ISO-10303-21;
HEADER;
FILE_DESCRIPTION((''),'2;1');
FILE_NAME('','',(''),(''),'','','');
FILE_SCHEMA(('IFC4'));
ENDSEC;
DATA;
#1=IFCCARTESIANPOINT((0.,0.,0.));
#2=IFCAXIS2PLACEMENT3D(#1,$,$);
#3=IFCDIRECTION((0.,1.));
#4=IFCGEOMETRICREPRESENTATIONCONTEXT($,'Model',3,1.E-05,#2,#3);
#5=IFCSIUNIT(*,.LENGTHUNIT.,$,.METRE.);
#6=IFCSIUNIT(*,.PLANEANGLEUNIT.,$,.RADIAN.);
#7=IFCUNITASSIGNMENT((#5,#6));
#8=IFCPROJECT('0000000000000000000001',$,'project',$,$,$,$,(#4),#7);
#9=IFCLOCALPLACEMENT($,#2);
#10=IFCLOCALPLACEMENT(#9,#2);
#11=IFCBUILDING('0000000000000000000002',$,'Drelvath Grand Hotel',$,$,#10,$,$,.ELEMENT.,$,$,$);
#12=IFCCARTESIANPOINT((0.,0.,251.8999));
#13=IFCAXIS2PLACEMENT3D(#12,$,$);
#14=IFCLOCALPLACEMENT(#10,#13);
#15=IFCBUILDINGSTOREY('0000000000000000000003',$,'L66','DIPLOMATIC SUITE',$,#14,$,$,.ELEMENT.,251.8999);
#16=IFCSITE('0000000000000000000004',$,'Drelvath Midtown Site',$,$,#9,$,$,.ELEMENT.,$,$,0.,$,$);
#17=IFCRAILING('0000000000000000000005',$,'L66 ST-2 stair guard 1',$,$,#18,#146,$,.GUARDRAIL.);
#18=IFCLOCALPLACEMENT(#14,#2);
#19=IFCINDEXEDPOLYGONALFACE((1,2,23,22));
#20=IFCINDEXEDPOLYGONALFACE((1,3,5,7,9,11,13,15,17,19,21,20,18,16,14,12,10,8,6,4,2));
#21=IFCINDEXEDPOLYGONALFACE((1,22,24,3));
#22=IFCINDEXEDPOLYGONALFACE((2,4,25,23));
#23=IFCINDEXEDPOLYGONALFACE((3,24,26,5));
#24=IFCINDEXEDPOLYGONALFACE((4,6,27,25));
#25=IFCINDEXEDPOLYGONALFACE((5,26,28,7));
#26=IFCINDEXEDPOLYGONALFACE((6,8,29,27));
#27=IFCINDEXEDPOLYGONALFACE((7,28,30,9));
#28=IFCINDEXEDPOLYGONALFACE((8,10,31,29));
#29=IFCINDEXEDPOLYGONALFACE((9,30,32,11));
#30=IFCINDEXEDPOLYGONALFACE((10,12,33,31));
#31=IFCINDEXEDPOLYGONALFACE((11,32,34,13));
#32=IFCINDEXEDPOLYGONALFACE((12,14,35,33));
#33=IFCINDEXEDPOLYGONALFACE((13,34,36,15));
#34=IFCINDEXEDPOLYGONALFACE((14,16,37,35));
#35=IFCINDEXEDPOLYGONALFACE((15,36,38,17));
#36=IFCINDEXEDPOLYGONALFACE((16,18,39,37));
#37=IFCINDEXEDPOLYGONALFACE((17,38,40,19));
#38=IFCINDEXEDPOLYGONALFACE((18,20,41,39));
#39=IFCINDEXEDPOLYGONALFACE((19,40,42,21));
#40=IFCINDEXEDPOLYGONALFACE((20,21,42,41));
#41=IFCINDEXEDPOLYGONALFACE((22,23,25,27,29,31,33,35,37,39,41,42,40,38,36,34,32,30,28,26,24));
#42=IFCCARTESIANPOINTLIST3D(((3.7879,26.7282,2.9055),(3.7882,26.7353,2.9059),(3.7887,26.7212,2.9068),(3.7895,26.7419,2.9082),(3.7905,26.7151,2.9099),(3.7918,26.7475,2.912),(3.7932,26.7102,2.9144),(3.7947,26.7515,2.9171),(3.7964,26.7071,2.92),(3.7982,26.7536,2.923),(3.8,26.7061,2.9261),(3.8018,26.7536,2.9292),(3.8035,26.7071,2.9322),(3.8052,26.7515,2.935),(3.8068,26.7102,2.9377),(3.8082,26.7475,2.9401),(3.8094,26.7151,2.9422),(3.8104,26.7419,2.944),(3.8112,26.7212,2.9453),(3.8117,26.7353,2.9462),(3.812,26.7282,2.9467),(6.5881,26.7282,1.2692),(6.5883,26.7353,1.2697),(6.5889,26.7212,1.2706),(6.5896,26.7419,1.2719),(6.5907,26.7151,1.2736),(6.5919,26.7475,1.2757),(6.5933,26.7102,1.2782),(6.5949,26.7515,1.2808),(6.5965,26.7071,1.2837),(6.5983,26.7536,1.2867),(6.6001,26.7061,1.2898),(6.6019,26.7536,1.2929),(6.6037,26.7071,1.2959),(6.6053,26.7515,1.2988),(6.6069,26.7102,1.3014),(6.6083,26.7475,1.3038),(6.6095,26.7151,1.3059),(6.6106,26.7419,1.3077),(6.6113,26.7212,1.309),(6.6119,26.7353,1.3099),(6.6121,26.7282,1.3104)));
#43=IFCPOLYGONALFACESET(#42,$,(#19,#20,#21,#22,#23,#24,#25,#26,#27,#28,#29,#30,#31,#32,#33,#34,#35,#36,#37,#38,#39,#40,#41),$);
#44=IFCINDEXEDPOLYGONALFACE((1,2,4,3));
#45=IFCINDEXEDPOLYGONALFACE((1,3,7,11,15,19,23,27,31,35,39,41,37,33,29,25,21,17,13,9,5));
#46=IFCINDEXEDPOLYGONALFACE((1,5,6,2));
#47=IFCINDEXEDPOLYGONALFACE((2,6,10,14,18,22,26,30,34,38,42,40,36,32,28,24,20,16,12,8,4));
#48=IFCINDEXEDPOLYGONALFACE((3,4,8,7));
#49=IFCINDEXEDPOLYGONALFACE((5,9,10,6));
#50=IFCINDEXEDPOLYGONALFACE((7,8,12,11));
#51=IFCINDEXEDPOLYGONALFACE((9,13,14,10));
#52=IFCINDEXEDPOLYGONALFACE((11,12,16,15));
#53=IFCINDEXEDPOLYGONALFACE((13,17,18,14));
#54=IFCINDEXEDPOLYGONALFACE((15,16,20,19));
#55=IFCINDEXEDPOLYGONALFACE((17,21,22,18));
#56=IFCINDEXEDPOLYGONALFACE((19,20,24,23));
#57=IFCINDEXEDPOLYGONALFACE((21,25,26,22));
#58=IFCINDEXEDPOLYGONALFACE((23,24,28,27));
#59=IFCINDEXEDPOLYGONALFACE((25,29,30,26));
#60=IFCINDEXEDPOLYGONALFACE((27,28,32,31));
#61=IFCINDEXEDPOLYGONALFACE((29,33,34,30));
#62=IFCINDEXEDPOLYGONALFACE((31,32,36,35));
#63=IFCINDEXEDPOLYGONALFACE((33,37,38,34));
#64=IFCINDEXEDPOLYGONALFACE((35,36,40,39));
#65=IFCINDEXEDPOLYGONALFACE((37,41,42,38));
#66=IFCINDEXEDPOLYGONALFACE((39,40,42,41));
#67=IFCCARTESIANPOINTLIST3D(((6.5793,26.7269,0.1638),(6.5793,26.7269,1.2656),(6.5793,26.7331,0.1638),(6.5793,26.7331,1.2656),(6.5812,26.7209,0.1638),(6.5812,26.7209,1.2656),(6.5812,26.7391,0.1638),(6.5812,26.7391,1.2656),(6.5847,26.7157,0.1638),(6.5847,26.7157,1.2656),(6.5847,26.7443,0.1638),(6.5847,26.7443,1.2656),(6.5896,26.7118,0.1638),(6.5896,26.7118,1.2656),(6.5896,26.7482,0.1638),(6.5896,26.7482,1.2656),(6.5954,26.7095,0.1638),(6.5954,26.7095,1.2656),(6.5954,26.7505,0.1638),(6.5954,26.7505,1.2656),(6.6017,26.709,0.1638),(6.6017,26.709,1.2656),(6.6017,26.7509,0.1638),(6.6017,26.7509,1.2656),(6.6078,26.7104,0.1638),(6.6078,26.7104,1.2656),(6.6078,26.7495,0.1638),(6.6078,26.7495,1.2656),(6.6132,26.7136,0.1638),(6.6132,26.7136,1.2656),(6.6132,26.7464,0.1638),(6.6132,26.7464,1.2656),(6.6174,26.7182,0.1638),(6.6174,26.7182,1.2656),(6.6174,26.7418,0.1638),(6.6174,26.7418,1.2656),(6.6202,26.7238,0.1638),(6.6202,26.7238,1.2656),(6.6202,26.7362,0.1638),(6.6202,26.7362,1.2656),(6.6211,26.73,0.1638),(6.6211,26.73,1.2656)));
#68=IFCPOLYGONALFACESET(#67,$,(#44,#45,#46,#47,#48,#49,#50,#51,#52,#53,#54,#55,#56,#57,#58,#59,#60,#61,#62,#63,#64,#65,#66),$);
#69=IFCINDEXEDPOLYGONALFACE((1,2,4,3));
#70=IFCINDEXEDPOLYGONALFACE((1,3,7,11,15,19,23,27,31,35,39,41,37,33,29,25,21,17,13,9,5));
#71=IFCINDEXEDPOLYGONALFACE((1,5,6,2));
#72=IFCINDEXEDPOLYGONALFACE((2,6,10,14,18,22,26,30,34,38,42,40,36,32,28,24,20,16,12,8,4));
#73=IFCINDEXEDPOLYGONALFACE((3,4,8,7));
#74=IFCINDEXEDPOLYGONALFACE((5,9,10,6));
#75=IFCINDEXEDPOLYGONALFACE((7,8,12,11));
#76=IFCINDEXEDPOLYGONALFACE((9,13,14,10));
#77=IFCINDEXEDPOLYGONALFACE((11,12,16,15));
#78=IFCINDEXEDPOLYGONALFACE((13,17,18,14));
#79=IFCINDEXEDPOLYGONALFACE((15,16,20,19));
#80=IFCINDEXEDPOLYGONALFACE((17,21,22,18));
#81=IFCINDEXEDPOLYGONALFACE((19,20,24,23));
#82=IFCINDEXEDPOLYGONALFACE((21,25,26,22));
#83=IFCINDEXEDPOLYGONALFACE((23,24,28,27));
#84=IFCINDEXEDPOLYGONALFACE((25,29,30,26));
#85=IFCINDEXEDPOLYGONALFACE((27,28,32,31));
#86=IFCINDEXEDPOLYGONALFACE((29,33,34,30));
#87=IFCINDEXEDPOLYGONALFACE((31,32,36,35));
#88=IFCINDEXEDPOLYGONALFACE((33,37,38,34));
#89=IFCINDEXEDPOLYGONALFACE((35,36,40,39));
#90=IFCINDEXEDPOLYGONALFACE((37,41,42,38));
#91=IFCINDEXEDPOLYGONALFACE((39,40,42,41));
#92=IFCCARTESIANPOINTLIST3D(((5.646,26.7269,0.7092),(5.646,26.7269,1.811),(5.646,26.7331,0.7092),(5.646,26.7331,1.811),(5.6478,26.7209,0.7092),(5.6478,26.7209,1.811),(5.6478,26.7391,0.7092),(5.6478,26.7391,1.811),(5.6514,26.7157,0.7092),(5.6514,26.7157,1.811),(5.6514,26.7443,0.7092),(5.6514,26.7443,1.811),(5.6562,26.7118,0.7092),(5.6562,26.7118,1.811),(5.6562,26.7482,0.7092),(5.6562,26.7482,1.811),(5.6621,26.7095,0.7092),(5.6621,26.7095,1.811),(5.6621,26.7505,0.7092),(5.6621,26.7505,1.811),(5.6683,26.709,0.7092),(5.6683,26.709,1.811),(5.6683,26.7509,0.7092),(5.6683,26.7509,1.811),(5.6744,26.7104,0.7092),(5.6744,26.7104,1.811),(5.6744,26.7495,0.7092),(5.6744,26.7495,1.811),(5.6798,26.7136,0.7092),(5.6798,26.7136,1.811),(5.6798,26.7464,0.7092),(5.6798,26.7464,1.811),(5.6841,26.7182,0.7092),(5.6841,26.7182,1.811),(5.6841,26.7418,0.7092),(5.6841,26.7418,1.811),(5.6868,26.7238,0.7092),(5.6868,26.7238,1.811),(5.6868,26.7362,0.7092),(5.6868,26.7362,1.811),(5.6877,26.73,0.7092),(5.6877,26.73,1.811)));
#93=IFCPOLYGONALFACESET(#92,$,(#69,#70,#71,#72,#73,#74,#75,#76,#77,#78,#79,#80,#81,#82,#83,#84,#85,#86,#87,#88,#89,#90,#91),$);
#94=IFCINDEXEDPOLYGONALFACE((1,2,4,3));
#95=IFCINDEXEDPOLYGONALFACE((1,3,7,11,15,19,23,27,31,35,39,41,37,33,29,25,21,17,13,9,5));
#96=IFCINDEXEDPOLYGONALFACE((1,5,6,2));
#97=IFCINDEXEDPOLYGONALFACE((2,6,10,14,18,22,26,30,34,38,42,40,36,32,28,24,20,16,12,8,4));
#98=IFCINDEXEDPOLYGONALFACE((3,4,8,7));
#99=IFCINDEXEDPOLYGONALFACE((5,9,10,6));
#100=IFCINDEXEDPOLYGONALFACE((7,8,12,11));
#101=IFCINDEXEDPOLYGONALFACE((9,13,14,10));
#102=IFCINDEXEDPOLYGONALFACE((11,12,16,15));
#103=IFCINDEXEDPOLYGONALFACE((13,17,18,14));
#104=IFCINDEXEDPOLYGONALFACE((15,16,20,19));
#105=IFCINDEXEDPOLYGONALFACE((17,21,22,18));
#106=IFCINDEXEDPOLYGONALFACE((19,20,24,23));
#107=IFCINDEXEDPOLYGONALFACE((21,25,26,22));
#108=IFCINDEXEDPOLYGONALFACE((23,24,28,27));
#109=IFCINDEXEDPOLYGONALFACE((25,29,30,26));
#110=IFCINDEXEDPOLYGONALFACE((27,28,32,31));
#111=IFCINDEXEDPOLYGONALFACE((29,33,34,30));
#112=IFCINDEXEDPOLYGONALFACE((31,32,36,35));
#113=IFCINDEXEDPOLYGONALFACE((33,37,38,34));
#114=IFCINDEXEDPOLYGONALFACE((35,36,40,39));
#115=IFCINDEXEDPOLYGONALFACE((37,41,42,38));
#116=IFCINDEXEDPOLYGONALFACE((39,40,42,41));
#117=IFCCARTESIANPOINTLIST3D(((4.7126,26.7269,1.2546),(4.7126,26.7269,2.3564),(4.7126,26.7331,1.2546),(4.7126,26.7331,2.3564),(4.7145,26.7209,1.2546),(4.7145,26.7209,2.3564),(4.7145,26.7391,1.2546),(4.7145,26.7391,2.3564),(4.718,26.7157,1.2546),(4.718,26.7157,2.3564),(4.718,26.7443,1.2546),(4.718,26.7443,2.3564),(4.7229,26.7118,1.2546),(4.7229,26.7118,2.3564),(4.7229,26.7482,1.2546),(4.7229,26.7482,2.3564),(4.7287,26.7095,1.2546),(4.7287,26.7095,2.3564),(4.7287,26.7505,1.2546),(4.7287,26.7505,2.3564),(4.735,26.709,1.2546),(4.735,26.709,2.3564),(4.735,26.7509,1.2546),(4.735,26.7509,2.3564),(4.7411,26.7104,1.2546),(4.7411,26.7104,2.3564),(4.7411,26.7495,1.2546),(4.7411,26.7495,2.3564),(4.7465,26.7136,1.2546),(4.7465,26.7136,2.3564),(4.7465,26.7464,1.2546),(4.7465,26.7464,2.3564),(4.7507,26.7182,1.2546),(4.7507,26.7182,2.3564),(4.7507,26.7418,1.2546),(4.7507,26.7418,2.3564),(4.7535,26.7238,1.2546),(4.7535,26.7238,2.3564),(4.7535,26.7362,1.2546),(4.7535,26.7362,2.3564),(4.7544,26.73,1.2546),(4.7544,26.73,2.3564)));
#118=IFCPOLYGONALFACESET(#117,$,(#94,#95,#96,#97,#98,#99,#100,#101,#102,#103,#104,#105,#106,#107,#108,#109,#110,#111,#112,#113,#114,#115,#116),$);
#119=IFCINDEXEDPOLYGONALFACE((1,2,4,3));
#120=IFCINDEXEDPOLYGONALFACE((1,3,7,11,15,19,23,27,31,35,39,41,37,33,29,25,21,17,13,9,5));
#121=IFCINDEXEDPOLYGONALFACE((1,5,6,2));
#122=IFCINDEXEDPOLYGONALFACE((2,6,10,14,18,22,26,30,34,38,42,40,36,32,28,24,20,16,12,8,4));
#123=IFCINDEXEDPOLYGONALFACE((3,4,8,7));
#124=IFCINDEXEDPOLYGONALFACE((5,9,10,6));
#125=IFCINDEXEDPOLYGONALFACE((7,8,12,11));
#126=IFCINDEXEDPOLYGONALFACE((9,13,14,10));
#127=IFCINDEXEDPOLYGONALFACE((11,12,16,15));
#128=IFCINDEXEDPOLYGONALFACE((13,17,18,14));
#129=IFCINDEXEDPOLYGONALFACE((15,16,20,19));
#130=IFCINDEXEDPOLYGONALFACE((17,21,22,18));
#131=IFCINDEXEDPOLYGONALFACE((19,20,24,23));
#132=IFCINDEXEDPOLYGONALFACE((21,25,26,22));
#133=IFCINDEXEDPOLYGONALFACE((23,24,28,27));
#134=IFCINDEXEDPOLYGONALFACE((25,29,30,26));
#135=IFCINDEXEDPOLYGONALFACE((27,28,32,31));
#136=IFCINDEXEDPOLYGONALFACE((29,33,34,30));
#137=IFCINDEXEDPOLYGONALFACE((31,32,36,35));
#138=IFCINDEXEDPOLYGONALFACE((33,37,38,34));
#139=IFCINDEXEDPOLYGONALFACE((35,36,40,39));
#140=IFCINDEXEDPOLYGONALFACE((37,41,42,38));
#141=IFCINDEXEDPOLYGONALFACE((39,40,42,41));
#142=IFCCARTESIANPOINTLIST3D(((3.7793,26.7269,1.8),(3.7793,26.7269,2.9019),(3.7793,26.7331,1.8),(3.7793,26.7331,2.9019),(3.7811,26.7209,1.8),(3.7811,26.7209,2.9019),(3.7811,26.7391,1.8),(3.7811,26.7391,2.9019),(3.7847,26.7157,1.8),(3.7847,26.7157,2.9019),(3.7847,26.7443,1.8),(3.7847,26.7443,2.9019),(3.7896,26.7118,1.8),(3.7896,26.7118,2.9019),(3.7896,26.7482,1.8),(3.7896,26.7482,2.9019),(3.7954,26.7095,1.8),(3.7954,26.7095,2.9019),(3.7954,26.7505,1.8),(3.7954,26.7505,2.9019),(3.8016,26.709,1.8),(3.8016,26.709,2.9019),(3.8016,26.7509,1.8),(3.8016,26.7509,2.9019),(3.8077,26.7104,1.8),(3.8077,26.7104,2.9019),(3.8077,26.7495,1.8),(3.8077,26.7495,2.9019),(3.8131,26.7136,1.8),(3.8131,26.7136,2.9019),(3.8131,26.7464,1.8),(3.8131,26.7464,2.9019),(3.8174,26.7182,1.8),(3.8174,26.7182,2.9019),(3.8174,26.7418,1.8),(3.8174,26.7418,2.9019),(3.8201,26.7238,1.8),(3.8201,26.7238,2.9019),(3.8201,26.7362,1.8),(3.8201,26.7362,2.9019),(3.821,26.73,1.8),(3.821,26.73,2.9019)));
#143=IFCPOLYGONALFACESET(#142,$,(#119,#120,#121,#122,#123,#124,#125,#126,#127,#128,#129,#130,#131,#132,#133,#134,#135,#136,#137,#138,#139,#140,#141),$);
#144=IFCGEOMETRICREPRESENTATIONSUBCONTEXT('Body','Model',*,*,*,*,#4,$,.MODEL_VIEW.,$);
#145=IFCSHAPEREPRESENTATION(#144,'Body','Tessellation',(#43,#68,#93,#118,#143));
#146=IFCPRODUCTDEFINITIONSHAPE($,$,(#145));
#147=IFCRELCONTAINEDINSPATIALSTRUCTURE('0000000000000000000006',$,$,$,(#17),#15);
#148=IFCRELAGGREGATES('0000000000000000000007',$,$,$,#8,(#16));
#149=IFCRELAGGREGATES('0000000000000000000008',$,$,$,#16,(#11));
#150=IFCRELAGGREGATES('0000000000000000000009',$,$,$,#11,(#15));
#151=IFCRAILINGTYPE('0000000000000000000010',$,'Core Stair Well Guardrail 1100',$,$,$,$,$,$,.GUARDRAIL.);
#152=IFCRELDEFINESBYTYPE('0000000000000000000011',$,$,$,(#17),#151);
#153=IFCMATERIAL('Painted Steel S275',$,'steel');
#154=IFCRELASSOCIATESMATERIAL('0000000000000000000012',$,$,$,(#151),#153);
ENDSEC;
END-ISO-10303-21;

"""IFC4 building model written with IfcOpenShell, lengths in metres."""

from ifc_helpers import new_model, si_unit, direction, frame, origin, origin_2d, place, context, subcontext, project, spatial, circle, extrude, material, type_object, element, save


model = new_model("IFC4")

# Units and contexts
model_context = context("Model", 3, precision=1e-05, world=origin(), true_north=direction((0.0, 1.0)))
body_context = subcontext(model_context, "Body", "Model", "MODEL_VIEW")
ifc_project = project(units=[si_unit("LENGTHUNIT", "METRE"), si_unit("PLANEANGLEUNIT", "RADIAN")], contexts=[model_context])

# Site, building, storey
site_placement = place(None, origin())
site = spatial("IfcSite", under=ifc_project, at=site_placement, Name="Drelvath Midtown Site", CompositionType="ELEMENT", RefElevation=0.0)
building_placement = place(site_placement, origin())
building = spatial("IfcBuilding", under=site, at=building_placement, Name="Drelvath Grand Hotel", CompositionType="ELEMENT")
storey_placement = place(building_placement, frame((0.0, 0.0, 251.8999)))
storey = spatial("IfcBuildingStorey", under=building, at=storey_placement, Name="L66", Description="DIPLOMATIC SUITE", CompositionType="ELEMENT", Elevation=251.8999)

# Shared definitions
ifc_material_1 = material(Name="Painted Steel S275", Category="steel")

# Railing
railing_type_1 = type_object("IfcRailingType", Name="Core Stair Well Guardrail 1100", PredefinedType="GUARDRAIL", material=ifc_material_1)
railing_1_placement = place(storey_placement, frame((6.6001, 26.73, 0.1638)))
element("IfcRailing", 1, at=railing_1_placement, inside=storey, type_object=railing_type_1, Name="L66 ST-2 stair guard 1", PredefinedType="GUARDRAIL", context=body_context, shape_type="SweptSolid", body=[
    extrude(circle(Radius=0.0239, at=origin_2d()), frame((0.0, 0.0, 1.126), z_axis=(-0.863394, 0.0, 0.504531), x_axis=(0.0, -1.0, 0.0)), (0.0, 0.0, 1.0), 3.2432),
    extrude(circle(Radius=0.021, at=origin_2d()), origin(), (0.0, 0.0, 1.0), 1.1018),
    extrude(circle(Radius=0.021, at=origin_2d()), frame((-0.9333, 0.0, 0.5454)), (0.0, 0.0, 1.0), 1.1018),
    extrude(circle(Radius=0.021, at=origin_2d()), frame((-1.8667, 0.0, 1.0908)), (0.0, 0.0, 1.0), 1.1018),
    extrude(circle(Radius=0.021, at=origin_2d()), frame((-2.8, 0.0, 1.6362)), (0.0, 0.0, 1.0), 1.1018),
])

save(model, "model.ifc")
